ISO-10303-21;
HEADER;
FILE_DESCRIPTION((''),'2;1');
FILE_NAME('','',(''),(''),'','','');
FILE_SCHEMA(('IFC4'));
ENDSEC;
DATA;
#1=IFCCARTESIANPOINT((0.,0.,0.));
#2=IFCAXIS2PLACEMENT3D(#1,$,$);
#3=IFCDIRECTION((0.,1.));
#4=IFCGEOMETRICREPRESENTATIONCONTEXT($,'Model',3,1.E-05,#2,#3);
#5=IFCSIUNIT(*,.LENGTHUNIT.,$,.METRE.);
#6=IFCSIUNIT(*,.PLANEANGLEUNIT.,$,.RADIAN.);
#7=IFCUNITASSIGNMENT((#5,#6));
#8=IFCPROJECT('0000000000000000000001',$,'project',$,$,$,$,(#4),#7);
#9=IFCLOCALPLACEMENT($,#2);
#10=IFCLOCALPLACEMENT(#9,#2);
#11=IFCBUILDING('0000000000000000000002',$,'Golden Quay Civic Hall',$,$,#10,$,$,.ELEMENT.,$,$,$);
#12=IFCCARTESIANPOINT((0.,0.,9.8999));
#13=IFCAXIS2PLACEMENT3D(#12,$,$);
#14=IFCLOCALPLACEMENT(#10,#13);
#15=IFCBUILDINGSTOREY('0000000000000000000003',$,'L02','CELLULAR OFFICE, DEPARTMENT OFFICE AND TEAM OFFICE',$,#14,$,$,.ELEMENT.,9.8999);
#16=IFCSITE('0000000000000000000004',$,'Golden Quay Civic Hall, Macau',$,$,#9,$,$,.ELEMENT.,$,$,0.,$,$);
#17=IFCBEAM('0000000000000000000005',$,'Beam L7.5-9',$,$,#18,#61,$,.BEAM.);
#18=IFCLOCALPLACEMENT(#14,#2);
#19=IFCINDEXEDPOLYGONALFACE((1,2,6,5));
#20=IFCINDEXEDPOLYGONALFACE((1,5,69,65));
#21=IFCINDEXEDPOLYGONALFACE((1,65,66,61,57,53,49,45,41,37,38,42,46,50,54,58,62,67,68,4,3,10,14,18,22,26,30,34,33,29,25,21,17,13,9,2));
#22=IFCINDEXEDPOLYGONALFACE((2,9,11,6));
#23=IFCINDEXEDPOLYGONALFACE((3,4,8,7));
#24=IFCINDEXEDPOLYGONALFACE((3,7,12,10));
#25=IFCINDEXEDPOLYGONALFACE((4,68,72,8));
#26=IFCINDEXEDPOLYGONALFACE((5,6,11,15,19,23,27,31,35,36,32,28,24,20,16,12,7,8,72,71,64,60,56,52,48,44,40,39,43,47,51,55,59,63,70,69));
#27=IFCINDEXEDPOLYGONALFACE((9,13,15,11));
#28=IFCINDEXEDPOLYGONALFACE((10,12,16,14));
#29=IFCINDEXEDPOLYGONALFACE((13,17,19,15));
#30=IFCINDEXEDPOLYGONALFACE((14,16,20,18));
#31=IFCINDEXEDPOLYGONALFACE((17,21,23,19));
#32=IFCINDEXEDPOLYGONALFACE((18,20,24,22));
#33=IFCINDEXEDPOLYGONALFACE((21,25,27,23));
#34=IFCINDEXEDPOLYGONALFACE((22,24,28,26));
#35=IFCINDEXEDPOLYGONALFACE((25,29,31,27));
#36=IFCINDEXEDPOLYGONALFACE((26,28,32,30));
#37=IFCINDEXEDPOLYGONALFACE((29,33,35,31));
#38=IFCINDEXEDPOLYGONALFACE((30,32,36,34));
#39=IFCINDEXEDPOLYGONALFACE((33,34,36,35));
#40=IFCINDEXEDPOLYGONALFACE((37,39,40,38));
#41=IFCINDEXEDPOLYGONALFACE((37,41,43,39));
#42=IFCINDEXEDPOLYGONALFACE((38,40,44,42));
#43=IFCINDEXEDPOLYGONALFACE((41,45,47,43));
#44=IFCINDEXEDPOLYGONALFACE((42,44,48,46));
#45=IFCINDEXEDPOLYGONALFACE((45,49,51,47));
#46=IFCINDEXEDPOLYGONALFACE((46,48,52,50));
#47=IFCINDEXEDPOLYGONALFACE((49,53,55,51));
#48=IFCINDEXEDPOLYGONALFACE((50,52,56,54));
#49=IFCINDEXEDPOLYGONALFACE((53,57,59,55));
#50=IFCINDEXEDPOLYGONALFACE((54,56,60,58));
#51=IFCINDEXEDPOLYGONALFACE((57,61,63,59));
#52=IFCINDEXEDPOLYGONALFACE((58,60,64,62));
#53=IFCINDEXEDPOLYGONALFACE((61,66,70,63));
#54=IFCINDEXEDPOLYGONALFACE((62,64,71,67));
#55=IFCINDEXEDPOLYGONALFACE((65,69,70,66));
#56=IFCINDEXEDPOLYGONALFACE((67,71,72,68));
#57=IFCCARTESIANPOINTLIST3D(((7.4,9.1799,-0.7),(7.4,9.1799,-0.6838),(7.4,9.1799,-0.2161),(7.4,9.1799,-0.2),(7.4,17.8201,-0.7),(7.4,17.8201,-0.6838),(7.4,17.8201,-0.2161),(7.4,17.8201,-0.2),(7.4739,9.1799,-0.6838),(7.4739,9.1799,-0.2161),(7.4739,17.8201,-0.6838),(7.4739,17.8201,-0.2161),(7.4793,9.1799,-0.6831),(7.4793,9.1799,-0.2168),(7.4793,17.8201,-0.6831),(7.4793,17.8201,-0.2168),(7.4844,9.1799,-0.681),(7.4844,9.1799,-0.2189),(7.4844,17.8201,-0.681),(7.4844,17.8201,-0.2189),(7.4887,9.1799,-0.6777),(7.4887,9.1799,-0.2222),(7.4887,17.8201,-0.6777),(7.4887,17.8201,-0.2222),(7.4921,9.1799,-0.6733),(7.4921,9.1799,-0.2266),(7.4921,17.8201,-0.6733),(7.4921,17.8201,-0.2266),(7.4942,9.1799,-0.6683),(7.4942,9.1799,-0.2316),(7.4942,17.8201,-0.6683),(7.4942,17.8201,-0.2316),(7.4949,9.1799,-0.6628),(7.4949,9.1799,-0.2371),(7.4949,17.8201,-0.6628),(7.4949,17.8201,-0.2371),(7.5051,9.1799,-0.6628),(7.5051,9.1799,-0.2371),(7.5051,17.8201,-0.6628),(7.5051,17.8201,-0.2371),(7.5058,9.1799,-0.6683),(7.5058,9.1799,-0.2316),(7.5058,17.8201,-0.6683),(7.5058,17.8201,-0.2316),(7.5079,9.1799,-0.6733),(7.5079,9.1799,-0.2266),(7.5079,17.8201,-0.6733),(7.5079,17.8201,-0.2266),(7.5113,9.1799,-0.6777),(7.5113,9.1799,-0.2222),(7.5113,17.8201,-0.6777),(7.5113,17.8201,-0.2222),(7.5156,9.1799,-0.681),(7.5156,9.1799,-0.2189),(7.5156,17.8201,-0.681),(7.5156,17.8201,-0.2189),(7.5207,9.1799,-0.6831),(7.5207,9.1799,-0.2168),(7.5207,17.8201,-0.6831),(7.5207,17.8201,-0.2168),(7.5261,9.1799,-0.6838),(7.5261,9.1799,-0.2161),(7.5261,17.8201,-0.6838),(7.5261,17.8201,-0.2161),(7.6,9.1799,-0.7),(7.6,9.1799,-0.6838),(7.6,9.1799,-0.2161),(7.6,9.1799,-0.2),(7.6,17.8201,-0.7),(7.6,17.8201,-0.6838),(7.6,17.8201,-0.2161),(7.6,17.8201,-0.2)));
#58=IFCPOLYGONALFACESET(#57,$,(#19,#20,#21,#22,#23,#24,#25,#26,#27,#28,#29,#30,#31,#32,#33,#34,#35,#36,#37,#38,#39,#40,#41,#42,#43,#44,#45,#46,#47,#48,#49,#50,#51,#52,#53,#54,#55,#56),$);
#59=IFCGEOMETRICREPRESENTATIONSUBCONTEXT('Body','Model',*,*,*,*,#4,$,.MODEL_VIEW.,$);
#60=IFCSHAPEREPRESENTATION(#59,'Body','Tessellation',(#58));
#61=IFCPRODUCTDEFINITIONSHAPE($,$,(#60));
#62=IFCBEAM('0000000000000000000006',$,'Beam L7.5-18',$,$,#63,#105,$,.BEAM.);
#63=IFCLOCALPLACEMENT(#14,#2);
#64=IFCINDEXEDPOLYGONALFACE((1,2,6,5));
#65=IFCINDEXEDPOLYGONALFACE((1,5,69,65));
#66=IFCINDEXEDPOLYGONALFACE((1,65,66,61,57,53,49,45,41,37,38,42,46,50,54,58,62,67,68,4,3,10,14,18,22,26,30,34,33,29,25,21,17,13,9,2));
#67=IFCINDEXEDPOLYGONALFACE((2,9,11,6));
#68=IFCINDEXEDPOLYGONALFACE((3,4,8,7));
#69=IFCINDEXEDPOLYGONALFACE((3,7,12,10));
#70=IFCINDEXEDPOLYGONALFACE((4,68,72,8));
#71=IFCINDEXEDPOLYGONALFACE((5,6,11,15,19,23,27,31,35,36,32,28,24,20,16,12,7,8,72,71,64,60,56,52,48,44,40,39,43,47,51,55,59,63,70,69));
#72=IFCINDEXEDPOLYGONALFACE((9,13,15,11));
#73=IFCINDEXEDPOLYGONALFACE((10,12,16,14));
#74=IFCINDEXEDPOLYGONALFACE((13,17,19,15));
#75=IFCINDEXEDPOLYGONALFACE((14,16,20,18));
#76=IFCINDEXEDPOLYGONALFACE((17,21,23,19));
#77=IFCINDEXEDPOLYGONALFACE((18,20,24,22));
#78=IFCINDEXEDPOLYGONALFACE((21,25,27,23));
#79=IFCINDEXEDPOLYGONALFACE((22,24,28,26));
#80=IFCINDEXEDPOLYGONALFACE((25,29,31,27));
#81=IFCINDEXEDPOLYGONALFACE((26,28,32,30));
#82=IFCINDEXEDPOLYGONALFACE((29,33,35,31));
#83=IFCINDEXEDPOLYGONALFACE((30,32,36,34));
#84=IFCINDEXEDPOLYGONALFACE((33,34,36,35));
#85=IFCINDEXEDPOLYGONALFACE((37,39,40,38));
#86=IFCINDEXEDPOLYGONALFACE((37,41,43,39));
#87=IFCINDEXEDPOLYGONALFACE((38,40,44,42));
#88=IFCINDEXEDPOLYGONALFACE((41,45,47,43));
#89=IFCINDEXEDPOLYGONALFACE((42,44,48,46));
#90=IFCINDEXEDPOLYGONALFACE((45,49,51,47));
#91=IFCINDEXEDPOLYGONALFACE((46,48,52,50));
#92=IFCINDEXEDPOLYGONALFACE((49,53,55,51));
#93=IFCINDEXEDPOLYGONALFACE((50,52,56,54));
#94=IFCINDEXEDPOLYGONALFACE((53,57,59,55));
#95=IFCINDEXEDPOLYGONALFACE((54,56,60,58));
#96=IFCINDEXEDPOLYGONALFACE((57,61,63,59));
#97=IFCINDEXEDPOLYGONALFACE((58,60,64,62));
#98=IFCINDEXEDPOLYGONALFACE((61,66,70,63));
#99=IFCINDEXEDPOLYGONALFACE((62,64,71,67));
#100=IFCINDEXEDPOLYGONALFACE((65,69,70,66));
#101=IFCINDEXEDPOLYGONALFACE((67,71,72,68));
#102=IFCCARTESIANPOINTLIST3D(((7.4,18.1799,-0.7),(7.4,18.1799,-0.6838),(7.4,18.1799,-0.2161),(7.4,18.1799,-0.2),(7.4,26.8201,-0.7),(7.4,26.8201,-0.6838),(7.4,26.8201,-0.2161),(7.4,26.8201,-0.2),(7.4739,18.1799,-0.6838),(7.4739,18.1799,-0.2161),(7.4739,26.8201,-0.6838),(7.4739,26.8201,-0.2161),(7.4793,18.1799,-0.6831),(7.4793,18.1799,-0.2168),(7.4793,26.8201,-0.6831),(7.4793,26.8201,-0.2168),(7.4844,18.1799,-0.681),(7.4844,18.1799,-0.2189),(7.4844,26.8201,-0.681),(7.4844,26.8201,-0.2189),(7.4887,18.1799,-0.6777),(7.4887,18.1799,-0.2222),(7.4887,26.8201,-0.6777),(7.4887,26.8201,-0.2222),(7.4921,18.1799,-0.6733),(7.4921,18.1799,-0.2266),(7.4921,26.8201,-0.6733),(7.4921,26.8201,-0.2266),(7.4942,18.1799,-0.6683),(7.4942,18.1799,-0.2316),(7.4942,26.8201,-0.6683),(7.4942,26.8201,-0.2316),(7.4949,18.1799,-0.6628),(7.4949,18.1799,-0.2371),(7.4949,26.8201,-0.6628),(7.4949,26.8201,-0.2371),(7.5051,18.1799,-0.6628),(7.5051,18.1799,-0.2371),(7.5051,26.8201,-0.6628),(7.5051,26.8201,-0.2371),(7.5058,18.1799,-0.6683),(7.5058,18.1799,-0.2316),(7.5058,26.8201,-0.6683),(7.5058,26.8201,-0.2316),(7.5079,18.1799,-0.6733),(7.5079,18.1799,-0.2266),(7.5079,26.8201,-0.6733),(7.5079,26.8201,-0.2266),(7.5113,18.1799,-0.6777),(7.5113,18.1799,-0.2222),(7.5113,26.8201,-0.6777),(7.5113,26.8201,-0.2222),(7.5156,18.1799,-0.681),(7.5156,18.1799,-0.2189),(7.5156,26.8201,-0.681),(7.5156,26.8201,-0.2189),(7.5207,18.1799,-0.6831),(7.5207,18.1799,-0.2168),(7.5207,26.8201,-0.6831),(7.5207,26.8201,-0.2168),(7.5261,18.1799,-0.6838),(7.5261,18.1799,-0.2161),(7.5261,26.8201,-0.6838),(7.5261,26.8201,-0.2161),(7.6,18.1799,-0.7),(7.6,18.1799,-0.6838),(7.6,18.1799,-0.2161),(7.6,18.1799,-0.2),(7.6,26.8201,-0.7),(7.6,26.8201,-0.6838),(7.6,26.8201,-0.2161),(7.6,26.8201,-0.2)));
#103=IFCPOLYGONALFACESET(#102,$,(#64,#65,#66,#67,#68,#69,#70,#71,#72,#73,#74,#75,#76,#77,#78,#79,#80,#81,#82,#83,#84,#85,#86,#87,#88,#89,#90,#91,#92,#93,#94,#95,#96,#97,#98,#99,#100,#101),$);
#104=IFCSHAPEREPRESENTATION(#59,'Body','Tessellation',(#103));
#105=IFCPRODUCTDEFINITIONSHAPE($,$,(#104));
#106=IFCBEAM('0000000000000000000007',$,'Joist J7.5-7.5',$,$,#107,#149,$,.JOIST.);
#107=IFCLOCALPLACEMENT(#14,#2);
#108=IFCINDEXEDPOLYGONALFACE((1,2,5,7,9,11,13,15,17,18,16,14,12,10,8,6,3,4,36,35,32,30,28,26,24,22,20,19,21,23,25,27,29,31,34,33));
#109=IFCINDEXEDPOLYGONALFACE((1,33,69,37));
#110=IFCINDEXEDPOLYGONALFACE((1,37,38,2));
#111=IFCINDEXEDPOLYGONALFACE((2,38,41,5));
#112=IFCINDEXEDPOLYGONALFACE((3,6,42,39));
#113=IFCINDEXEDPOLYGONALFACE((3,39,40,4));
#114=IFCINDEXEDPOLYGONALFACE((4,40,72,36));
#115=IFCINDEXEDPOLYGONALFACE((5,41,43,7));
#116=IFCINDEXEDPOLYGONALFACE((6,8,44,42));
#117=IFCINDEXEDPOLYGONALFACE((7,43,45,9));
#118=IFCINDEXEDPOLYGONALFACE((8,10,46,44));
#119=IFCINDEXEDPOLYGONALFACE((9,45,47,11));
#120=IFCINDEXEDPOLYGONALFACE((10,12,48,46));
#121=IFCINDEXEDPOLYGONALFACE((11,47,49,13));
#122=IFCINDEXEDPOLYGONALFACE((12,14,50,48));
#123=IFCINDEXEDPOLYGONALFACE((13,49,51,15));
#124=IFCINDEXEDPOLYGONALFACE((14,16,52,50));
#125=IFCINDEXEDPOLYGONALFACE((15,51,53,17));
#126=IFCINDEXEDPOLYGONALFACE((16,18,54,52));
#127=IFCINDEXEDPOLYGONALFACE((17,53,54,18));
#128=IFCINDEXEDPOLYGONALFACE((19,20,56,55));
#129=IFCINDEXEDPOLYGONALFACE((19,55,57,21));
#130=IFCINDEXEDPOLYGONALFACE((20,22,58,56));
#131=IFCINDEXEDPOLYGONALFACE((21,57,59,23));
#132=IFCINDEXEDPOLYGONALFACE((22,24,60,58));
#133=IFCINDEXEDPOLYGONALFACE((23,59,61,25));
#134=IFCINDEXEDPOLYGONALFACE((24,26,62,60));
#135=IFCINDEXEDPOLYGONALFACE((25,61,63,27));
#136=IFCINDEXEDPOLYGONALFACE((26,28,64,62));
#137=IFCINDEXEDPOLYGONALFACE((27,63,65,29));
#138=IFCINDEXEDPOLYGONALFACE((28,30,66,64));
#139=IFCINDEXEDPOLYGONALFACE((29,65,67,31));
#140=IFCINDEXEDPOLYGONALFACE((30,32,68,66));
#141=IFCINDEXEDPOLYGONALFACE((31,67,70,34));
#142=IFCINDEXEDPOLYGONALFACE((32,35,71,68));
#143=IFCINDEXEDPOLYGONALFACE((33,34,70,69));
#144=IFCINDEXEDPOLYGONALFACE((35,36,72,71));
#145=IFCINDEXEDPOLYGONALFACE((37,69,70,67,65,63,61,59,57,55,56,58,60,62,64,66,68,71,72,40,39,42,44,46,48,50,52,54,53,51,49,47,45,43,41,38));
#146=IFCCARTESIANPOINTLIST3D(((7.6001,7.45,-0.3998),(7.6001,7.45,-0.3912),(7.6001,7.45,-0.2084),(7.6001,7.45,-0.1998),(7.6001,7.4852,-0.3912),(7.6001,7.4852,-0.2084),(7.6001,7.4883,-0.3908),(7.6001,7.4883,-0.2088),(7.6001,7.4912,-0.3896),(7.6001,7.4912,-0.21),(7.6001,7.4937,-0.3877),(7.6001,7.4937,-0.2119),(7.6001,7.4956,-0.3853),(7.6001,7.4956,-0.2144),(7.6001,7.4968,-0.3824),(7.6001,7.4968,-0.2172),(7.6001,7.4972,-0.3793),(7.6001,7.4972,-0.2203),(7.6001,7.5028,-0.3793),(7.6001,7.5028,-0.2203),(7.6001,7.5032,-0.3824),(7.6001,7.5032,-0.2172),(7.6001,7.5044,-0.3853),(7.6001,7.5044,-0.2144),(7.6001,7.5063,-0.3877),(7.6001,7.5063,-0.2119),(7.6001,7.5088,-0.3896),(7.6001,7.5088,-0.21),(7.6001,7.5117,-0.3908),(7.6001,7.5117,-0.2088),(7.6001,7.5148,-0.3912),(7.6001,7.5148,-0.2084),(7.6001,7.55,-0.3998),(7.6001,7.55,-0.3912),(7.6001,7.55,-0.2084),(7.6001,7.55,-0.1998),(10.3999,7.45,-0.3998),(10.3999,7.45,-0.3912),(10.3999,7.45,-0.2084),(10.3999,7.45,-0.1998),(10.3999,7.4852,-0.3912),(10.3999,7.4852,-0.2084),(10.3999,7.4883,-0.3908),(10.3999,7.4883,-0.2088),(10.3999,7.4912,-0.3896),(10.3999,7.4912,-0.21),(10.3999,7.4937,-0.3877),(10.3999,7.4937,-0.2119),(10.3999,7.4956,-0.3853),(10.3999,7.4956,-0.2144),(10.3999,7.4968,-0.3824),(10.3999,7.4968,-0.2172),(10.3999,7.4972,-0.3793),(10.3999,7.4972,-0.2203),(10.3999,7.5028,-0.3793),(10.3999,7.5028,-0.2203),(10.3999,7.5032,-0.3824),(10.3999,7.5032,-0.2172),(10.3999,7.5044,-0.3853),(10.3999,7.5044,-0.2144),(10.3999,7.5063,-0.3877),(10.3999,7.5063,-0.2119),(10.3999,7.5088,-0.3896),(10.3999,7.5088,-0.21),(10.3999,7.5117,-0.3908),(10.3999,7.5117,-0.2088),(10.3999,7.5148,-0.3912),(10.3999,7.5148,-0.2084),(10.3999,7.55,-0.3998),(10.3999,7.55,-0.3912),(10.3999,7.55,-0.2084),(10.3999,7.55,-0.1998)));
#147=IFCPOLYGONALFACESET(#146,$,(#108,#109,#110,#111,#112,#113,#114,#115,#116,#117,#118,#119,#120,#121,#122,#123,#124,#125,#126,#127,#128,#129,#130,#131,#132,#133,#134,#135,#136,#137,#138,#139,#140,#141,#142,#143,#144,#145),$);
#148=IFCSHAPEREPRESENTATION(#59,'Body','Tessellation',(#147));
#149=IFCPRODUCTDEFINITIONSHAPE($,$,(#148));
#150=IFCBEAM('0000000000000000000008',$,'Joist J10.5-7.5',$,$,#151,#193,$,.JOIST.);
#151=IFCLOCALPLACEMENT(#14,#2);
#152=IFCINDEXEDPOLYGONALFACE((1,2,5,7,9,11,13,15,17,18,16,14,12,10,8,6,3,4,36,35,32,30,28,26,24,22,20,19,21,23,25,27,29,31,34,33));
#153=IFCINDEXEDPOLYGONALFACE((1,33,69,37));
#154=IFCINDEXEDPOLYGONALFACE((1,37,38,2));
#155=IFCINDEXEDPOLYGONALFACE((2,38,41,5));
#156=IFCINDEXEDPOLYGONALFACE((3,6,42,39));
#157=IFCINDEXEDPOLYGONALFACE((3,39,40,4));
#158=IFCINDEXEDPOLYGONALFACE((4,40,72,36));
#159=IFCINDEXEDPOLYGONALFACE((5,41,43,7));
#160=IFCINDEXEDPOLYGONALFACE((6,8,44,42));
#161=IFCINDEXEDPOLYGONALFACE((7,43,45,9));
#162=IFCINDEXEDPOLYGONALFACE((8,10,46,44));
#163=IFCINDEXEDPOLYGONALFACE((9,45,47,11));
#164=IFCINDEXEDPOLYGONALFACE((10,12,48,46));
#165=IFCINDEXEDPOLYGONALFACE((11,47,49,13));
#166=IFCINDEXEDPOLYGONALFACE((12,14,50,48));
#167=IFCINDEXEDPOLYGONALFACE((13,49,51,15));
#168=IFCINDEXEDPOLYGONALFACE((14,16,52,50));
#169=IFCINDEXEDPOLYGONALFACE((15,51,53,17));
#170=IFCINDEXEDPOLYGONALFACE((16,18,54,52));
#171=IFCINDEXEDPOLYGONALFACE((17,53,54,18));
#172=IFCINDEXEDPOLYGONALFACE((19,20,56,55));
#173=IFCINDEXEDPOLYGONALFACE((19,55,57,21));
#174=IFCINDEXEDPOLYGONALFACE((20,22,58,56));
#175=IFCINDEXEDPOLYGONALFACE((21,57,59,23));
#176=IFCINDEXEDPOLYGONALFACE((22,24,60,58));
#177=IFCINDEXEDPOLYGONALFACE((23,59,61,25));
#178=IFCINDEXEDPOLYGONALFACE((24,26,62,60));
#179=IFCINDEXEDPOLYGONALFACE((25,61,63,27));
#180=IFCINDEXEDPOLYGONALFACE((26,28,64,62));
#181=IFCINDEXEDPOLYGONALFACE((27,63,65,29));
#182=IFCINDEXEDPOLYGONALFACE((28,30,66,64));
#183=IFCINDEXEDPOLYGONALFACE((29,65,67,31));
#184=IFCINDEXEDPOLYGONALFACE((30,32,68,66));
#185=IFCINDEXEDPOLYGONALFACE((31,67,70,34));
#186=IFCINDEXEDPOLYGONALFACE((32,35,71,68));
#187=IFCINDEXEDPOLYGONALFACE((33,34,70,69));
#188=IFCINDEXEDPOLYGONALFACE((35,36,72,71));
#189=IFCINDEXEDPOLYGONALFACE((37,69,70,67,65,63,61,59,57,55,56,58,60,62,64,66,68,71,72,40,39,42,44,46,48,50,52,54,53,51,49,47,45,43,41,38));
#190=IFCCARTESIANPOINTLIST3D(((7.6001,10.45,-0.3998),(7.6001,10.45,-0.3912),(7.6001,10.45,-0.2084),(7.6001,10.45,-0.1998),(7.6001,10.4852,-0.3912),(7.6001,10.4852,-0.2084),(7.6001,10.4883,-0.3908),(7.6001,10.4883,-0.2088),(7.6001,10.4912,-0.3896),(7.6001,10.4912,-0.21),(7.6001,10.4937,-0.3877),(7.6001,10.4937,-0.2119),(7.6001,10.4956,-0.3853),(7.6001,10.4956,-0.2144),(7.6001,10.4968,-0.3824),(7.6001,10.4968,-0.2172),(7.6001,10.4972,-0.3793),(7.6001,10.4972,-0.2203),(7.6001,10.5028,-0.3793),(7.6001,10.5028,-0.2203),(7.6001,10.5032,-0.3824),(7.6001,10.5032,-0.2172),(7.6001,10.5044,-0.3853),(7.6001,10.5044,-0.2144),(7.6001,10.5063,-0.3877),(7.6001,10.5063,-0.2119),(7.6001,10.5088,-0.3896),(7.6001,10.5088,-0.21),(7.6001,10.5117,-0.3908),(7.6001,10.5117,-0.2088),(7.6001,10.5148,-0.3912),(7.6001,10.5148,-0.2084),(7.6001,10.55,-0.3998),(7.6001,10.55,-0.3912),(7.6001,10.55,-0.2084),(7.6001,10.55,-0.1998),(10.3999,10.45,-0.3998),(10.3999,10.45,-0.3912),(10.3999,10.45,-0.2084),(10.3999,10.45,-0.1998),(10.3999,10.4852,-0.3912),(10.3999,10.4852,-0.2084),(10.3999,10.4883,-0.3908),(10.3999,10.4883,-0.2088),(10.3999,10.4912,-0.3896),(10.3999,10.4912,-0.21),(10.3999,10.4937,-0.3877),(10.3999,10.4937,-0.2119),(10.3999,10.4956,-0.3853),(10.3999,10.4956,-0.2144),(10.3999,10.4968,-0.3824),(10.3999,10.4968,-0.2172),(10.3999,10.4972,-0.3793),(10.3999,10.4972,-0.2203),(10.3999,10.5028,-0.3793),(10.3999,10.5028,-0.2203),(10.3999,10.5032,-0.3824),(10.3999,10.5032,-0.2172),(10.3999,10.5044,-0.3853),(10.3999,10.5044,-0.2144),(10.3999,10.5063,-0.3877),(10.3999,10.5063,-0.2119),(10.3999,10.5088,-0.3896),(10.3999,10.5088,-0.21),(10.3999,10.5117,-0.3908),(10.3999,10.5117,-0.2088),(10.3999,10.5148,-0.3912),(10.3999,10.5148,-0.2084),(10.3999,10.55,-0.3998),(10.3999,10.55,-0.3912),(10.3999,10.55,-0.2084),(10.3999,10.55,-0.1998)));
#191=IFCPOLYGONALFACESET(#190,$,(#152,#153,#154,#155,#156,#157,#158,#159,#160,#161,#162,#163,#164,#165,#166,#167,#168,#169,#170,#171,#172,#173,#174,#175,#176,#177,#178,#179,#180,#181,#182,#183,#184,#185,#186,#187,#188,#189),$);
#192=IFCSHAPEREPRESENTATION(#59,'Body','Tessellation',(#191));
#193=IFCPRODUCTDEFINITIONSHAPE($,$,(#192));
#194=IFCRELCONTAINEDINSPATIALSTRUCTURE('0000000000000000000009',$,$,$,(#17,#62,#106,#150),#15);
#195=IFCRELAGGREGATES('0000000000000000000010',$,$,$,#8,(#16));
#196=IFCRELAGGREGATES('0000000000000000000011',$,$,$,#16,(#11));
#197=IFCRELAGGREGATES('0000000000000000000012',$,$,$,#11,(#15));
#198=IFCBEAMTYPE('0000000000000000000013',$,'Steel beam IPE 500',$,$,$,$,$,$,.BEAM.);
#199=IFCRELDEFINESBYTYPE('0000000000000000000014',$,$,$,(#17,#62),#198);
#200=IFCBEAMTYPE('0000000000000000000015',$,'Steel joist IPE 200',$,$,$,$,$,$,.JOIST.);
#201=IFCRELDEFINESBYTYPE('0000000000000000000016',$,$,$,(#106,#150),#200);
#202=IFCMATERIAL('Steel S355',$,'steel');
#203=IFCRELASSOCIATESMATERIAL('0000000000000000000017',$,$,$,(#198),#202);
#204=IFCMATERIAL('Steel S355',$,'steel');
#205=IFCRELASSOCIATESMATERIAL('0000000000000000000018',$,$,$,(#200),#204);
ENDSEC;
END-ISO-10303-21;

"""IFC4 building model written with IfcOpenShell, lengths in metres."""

from ifc_helpers import new_model, si_unit, direction, frame, origin, origin_2d, place, context, subcontext, project, spatial, i_section, extrude, material, material_profile, profile_set, type_object, element, save


model = new_model("IFC4")

# Units and contexts
model_context = context("Model", 3, precision=1e-05, world=origin(), true_north=direction((0.0, 1.0)))
body_context = subcontext(model_context, "Body", "Model", "MODEL_VIEW")
ifc_project = project(units=[si_unit("LENGTHUNIT", "METRE"), si_unit("PLANEANGLEUNIT", "RADIAN")], contexts=[model_context])

# Site, building, storey
site_placement = place(None, origin())
site = spatial("IfcSite", under=ifc_project, at=site_placement, Name="Golden Quay Civic Hall, Macau", CompositionType="ELEMENT", RefElevation=0.0)
building_placement = place(site_placement, origin())
building = spatial("IfcBuilding", under=site, at=building_placement, Name="Golden Quay Civic Hall", CompositionType="ELEMENT")
storey_placement = place(building_placement, frame((0.0, 0.0, 9.8999)))
storey = spatial("IfcBuildingStorey", under=building, at=storey_placement, Name="L02", Description="CELLULAR OFFICE, DEPARTMENT OFFICE AND TEAM OFFICE", CompositionType="ELEMENT", Elevation=9.8999)

# Beams
ifc_material_1 = material(Name="Steel S355", Category="steel")
ifc_material_profile_1 = material_profile(ifc_material_1, i_section(OverallWidth=0.2, OverallDepth=0.5, WebThickness=0.0103, FlangeThickness=0.0161, FilletRadius=0.021, at=origin_2d()), Name="IPE 500")
ifc_profile_set_1 = profile_set([ifc_material_profile_1], Name="Steel S355")
beam_type_1 = type_object("IfcBeamType", Name="Steel beam IPE 500", PredefinedType="BEAM", material=ifc_profile_set_1)
for number, where, z_axis, x_axis, name in (
    (1, (7.5, 9.1799, -0.45), (0.0, 1.0, 0.0), (-1.0, 0.0, 0.0), "Beam L7.5-9"),
    (2, (7.5, 18.1799, -0.45), (0.0, 1.0, 0.0), (-1.0, 0.0, 0.0), "Beam L7.5-18"),
):
    element("IfcBeam", number, at=place(storey_placement, frame(where, z_axis=z_axis, x_axis=x_axis)), inside=storey, type_object=beam_type_1, Name=name, PredefinedType="BEAM", context=body_context, shape_type="SweptSolid", body=[
        extrude(i_section(OverallWidth=0.2, OverallDepth=0.5, WebThickness=0.0103, FlangeThickness=0.0161, FilletRadius=0.021, at=origin_2d()), origin(), (0.0, 0.0, 1.0), 8.6401),
    ])
ifc_material_2 = material(Name="Steel S355", Category="steel")
ifc_material_profile_2 = material_profile(ifc_material_2, i_section(OverallWidth=0.1001, OverallDepth=0.2, WebThickness=0.0056, FlangeThickness=0.0085, FilletRadius=0.012, at=origin_2d()), Name="IPE 200")
ifc_profile_set_2 = profile_set([ifc_material_profile_2], Name="Steel S355")
beam_type_2 = type_object("IfcBeamType", Name="Steel joist IPE 200", PredefinedType="JOIST", material=ifc_profile_set_2)
for number, where, z_axis, x_axis, name in (
    (3, (7.6001, 7.5, -0.2998), (1.0, 0.0, 0.0), (0.0, 1.0, 0.0), "Joist J7.5-7.5"),
    (4, (7.6001, 10.5, -0.2998), (1.0, 0.0, 0.0), (0.0, 1.0, 0.0), "Joist J10.5-7.5"),
):
    element("IfcBeam", number, at=place(storey_placement, frame(where, z_axis=z_axis, x_axis=x_axis)), inside=storey, type_object=beam_type_2, Name=name, PredefinedType="JOIST", context=body_context, shape_type="SweptSolid", body=[
        extrude(i_section(OverallWidth=0.1001, OverallDepth=0.2, WebThickness=0.0056, FlangeThickness=0.0085, FilletRadius=0.012, at=origin_2d()), origin(), (0.0, 0.0, 1.0), 2.7998),
    ])

save(model, "model.ifc")
